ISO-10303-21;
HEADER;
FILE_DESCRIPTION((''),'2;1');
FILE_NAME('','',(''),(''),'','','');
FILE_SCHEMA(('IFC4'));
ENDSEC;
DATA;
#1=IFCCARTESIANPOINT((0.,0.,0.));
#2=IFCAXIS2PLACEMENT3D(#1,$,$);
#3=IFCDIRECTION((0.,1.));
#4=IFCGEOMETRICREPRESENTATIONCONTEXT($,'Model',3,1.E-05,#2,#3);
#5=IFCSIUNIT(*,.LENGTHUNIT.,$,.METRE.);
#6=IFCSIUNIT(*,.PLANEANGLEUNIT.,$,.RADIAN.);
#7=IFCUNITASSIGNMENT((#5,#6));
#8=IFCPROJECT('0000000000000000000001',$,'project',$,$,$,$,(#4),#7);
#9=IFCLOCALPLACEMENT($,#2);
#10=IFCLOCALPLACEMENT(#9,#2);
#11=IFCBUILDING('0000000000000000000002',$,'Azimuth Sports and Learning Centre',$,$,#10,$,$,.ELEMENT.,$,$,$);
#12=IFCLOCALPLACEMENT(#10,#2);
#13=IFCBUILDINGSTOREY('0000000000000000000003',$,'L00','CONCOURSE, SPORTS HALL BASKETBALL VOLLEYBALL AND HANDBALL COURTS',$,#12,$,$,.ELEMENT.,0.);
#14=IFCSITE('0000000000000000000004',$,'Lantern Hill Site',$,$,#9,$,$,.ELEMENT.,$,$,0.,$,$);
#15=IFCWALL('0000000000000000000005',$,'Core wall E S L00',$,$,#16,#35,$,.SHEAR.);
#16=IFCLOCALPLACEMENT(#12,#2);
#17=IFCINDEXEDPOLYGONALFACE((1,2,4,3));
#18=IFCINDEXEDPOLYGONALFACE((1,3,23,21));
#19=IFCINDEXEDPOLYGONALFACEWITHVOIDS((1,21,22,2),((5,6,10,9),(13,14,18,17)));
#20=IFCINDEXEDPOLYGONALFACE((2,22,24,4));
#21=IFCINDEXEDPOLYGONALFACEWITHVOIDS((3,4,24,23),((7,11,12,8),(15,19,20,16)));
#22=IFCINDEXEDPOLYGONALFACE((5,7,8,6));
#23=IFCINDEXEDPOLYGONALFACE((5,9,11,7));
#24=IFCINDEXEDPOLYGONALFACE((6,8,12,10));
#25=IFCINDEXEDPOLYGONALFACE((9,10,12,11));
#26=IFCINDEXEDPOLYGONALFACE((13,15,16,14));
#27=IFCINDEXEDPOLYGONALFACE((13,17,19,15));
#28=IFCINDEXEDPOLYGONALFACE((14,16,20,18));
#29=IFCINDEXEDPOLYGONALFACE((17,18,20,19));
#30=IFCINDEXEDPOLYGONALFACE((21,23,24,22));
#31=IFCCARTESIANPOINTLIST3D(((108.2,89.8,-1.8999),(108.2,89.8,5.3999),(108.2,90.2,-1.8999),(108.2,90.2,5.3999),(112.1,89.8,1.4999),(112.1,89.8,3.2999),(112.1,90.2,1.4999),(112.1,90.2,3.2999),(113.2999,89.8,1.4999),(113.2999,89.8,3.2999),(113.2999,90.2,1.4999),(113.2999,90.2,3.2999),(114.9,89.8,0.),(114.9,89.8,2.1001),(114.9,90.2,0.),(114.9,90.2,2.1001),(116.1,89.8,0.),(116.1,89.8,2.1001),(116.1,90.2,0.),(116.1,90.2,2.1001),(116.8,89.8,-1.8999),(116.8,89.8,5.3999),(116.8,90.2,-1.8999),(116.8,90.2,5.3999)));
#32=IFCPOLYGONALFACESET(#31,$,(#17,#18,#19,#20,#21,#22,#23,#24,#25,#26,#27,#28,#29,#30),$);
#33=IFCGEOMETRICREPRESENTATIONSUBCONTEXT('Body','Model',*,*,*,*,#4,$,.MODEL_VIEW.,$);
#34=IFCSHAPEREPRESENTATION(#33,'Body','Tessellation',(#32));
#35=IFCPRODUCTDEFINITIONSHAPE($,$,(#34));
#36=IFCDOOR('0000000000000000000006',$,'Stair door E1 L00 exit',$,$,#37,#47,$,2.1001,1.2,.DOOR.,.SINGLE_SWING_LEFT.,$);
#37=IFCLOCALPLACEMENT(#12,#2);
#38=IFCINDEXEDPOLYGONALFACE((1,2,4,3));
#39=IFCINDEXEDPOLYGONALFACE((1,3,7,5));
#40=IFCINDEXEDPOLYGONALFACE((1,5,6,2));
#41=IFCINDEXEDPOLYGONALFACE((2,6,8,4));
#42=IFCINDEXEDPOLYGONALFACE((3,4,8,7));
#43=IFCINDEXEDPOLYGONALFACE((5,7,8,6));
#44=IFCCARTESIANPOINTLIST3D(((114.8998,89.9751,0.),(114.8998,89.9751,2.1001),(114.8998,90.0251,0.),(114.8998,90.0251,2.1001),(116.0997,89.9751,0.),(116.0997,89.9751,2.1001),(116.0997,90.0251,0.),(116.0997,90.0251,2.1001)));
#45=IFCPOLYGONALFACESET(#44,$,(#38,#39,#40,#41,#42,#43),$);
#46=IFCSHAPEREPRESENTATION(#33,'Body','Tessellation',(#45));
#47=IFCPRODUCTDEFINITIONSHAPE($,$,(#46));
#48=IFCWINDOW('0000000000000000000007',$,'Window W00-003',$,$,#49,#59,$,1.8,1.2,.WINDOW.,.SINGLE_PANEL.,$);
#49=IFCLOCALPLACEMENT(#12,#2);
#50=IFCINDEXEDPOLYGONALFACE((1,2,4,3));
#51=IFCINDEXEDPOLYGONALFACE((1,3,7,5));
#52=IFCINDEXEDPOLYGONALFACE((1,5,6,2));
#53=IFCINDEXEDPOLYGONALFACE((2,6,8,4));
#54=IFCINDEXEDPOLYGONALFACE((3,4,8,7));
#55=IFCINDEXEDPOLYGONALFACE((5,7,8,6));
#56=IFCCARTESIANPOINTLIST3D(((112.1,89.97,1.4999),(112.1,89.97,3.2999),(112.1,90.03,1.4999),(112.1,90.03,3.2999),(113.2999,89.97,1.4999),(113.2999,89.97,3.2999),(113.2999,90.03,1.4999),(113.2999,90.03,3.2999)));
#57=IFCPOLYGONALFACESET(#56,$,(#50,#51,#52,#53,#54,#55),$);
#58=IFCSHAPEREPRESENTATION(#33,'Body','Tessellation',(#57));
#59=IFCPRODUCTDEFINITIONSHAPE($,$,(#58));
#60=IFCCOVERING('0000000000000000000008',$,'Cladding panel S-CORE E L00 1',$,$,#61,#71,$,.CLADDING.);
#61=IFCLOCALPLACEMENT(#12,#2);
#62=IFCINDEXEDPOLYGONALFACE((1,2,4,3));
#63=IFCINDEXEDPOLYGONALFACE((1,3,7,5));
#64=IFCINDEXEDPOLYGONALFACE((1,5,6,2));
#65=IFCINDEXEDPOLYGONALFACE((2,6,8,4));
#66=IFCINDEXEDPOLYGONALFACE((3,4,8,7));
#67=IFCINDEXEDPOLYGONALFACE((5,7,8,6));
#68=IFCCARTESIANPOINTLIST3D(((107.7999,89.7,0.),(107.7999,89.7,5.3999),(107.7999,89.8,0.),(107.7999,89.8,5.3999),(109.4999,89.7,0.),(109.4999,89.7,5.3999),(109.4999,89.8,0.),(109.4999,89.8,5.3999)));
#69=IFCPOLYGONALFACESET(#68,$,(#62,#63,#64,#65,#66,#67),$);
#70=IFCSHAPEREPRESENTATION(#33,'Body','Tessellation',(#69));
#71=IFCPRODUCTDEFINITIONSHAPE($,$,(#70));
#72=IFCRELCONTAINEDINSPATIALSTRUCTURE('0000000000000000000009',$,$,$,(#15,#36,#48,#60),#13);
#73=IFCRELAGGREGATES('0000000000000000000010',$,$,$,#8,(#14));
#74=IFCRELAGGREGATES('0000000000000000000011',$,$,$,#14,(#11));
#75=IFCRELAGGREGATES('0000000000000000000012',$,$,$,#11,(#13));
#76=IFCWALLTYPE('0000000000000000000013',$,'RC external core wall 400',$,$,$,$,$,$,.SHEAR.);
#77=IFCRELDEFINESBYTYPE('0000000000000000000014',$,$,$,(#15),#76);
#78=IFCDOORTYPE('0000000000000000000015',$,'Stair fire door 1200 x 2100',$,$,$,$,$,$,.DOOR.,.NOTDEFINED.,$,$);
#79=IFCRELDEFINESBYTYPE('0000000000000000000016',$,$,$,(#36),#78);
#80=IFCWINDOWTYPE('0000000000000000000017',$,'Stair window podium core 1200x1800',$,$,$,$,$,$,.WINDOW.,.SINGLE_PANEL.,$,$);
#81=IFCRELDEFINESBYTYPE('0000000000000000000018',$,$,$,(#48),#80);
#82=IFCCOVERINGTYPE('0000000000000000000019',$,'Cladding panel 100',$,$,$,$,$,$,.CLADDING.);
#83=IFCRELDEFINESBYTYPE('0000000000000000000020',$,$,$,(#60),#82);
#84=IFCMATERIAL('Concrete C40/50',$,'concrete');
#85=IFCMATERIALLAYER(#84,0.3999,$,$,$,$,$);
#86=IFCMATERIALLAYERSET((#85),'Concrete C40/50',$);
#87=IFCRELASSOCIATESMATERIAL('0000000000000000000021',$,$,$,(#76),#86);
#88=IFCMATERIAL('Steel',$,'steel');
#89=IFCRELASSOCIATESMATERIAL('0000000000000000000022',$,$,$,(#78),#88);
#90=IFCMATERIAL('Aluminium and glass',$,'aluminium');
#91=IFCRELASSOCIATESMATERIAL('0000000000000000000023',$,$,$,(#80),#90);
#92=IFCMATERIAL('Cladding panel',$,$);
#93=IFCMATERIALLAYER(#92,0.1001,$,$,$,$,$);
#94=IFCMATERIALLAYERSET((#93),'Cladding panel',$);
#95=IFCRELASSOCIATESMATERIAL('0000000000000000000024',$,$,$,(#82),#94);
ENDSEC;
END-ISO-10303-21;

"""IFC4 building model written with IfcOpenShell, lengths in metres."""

from ifc_helpers import new_model, si_unit, direction, frame, frame_2d, origin, origin_2d, place, context, subcontext, project, spatial, rectangle, extrude, material, layer, layer_set, type_object, element, fill, save


model = new_model("IFC4")

# Units and contexts
model_context = context("Model", 3, precision=1e-05, world=origin(), true_north=direction((0.0, 1.0)))
body_context = subcontext(model_context, "Body", "Model", "MODEL_VIEW")
ifc_project = project(units=[si_unit("LENGTHUNIT", "METRE"), si_unit("PLANEANGLEUNIT", "RADIAN")], contexts=[model_context])

# Site, building, storey
site_placement = place(None, origin())
site = spatial("IfcSite", under=ifc_project, at=site_placement, Name="Lantern Hill Site", CompositionType="ELEMENT", RefElevation=0.0)
building_placement = place(site_placement, origin())
building = spatial("IfcBuilding", under=site, at=building_placement, Name="Azimuth Sports and Learning Centre", CompositionType="ELEMENT")
storey_placement = place(building_placement, origin())
storey = spatial("IfcBuildingStorey", under=building, at=storey_placement, Name="L00", Description="CONCOURSE, SPORTS HALL BASKETBALL VOLLEYBALL AND HANDBALL COURTS", CompositionType="ELEMENT", Elevation=0.0)

# Wall, openings, door, window
ifc_material_1 = material(Name="Concrete C40/50", Category="concrete")
ifc_layer_1 = layer(ifc_material_1, 0.3999)
ifc_layer_set_1 = layer_set([ifc_layer_1], Name="Concrete C40/50")
wall_type_1 = type_object("IfcWallType", Name="RC external core wall 400", PredefinedType="SHEAR", material=ifc_layer_set_1)
wall_1_placement = place(storey_placement, frame((108.2, 90.0, -1.8999), z_axis=(0.0, 0.0, 1.0), x_axis=(1.0, 0.0, 0.0)))
wall_1 = element("IfcWall", 1, at=wall_1_placement, inside=storey, type_object=wall_type_1, Name="Core wall E S L00", PredefinedType="SHEAR", context=body_context, shape_type="SweptSolid", body=[
    extrude(rectangle(XDim=8.6001, YDim=0.3999, at=frame_2d((4.3, 0.0))), origin(), (0.0, 0.0, 1.0), 7.2998),
])
opening_1_placement = place(wall_1_placement, frame((3.8999, 0.0, 3.3999)))
opening_1 = element("IfcOpeningElement", 2, at=opening_1_placement, cuts=wall_1, PredefinedType="OPENING", context=body_context, shape_type="SweptSolid", body=[
    extrude(rectangle(XDim=1.2, YDim=1.8, at=frame_2d((0.6001, 0.8999))), frame((0.0, 0.2109, 0.0), z_axis=(0.0, -1.0, 0.0), x_axis=(1.0, 0.0, 0.0)), (0.0, 0.0, 1.0), 0.4219),
])
opening_2_placement = place(wall_1_placement, frame((6.7, 0.0, 1.8999)))
opening_2 = element("IfcOpeningElement", 3, at=opening_2_placement, cuts=wall_1, PredefinedType="OPENING", context=body_context, shape_type="SweptSolid", body=[
    extrude(rectangle(XDim=1.2, YDim=2.1001, at=frame_2d((0.6001, 1.05))), frame((0.0, 0.2109, 0.0), z_axis=(0.0, -1.0, 0.0), x_axis=(1.0, 0.0, 0.0)), (0.0, 0.0, 1.0), 0.4219),
])
ifc_material_2 = material(Name="Steel", Category="steel")
door_type = type_object("IfcDoorType", Name="Stair fire door 1200 x 2100", OperationType="NOTDEFINED", PredefinedType="DOOR", material=ifc_material_2)
door_placement = place(opening_2_placement, frame((1.2, 0.0, 0.0), z_axis=(0.0, 0.0, 1.0), x_axis=(-1.0, 0.0, 0.0)))
door = element("IfcDoor", 4, at=door_placement, inside=storey, type_object=door_type, Name="Stair door E1 L00 exit", OperationType="SINGLE_SWING_LEFT", OverallHeight=2.1001, OverallWidth=1.2, PredefinedType="DOOR", context=body_context, shape_type="SweptSolid", body=[
    extrude(rectangle(XDim=1.2, YDim=2.1001, at=frame_2d((0.6001, 1.05))), frame((0.0, 0.0249, 0.0), z_axis=(0.0, -1.0, 0.0), x_axis=(1.0, 0.0, 0.0)), (0.0, 0.0, 1.0), 0.05),
])
fill(opening_2, door)
ifc_material_3 = material(Name="Aluminium and glass", Category="aluminium")
window_type = type_object("IfcWindowType", Name="Stair window podium core 1200x1800", PartitioningType="SINGLE_PANEL", PredefinedType="WINDOW", material=ifc_material_3)
window_placement = place(opening_1_placement, origin())
window = element("IfcWindow", 5, at=window_placement, inside=storey, type_object=window_type, Name="Window W00-003", OverallHeight=1.8, OverallWidth=1.2, PartitioningType="SINGLE_PANEL", PredefinedType="WINDOW", context=body_context, shape_type="SweptSolid", body=[
    extrude(rectangle(XDim=1.2, YDim=1.8, at=frame_2d((0.6001, 0.8999))), frame((0.0, 0.03, 0.0), z_axis=(0.0, -1.0, 0.0), x_axis=(1.0, 0.0, 0.0)), (0.0, 0.0, 1.0), 0.0601),
])
fill(opening_1, window)

# Covering
ifc_material_4 = material(Name="Cladding panel")
ifc_layer_2 = layer(ifc_material_4, 0.1001)
ifc_layer_set_2 = layer_set([ifc_layer_2], Name="Cladding panel")
covering_type = type_object("IfcCoveringType", Name="Cladding panel 100", PredefinedType="CLADDING", material=ifc_layer_set_2)
covering_placement = place(storey_placement, frame((108.6499, 89.75, 0.0), z_axis=(0.0, 0.0, 1.0), x_axis=(1.0, 0.0, 0.0)))
element("IfcCovering", 6, at=covering_placement, inside=storey, type_object=covering_type, Name="Cladding panel S-CORE E L00 1", PredefinedType="CLADDING", context=body_context, shape_type="SweptSolid", body=[
    extrude(rectangle(XDim=1.7, YDim=0.1001, at=origin_2d()), origin(), (0.0, 0.0, 1.0), 5.3999),
])

save(model, "model.ifc")
